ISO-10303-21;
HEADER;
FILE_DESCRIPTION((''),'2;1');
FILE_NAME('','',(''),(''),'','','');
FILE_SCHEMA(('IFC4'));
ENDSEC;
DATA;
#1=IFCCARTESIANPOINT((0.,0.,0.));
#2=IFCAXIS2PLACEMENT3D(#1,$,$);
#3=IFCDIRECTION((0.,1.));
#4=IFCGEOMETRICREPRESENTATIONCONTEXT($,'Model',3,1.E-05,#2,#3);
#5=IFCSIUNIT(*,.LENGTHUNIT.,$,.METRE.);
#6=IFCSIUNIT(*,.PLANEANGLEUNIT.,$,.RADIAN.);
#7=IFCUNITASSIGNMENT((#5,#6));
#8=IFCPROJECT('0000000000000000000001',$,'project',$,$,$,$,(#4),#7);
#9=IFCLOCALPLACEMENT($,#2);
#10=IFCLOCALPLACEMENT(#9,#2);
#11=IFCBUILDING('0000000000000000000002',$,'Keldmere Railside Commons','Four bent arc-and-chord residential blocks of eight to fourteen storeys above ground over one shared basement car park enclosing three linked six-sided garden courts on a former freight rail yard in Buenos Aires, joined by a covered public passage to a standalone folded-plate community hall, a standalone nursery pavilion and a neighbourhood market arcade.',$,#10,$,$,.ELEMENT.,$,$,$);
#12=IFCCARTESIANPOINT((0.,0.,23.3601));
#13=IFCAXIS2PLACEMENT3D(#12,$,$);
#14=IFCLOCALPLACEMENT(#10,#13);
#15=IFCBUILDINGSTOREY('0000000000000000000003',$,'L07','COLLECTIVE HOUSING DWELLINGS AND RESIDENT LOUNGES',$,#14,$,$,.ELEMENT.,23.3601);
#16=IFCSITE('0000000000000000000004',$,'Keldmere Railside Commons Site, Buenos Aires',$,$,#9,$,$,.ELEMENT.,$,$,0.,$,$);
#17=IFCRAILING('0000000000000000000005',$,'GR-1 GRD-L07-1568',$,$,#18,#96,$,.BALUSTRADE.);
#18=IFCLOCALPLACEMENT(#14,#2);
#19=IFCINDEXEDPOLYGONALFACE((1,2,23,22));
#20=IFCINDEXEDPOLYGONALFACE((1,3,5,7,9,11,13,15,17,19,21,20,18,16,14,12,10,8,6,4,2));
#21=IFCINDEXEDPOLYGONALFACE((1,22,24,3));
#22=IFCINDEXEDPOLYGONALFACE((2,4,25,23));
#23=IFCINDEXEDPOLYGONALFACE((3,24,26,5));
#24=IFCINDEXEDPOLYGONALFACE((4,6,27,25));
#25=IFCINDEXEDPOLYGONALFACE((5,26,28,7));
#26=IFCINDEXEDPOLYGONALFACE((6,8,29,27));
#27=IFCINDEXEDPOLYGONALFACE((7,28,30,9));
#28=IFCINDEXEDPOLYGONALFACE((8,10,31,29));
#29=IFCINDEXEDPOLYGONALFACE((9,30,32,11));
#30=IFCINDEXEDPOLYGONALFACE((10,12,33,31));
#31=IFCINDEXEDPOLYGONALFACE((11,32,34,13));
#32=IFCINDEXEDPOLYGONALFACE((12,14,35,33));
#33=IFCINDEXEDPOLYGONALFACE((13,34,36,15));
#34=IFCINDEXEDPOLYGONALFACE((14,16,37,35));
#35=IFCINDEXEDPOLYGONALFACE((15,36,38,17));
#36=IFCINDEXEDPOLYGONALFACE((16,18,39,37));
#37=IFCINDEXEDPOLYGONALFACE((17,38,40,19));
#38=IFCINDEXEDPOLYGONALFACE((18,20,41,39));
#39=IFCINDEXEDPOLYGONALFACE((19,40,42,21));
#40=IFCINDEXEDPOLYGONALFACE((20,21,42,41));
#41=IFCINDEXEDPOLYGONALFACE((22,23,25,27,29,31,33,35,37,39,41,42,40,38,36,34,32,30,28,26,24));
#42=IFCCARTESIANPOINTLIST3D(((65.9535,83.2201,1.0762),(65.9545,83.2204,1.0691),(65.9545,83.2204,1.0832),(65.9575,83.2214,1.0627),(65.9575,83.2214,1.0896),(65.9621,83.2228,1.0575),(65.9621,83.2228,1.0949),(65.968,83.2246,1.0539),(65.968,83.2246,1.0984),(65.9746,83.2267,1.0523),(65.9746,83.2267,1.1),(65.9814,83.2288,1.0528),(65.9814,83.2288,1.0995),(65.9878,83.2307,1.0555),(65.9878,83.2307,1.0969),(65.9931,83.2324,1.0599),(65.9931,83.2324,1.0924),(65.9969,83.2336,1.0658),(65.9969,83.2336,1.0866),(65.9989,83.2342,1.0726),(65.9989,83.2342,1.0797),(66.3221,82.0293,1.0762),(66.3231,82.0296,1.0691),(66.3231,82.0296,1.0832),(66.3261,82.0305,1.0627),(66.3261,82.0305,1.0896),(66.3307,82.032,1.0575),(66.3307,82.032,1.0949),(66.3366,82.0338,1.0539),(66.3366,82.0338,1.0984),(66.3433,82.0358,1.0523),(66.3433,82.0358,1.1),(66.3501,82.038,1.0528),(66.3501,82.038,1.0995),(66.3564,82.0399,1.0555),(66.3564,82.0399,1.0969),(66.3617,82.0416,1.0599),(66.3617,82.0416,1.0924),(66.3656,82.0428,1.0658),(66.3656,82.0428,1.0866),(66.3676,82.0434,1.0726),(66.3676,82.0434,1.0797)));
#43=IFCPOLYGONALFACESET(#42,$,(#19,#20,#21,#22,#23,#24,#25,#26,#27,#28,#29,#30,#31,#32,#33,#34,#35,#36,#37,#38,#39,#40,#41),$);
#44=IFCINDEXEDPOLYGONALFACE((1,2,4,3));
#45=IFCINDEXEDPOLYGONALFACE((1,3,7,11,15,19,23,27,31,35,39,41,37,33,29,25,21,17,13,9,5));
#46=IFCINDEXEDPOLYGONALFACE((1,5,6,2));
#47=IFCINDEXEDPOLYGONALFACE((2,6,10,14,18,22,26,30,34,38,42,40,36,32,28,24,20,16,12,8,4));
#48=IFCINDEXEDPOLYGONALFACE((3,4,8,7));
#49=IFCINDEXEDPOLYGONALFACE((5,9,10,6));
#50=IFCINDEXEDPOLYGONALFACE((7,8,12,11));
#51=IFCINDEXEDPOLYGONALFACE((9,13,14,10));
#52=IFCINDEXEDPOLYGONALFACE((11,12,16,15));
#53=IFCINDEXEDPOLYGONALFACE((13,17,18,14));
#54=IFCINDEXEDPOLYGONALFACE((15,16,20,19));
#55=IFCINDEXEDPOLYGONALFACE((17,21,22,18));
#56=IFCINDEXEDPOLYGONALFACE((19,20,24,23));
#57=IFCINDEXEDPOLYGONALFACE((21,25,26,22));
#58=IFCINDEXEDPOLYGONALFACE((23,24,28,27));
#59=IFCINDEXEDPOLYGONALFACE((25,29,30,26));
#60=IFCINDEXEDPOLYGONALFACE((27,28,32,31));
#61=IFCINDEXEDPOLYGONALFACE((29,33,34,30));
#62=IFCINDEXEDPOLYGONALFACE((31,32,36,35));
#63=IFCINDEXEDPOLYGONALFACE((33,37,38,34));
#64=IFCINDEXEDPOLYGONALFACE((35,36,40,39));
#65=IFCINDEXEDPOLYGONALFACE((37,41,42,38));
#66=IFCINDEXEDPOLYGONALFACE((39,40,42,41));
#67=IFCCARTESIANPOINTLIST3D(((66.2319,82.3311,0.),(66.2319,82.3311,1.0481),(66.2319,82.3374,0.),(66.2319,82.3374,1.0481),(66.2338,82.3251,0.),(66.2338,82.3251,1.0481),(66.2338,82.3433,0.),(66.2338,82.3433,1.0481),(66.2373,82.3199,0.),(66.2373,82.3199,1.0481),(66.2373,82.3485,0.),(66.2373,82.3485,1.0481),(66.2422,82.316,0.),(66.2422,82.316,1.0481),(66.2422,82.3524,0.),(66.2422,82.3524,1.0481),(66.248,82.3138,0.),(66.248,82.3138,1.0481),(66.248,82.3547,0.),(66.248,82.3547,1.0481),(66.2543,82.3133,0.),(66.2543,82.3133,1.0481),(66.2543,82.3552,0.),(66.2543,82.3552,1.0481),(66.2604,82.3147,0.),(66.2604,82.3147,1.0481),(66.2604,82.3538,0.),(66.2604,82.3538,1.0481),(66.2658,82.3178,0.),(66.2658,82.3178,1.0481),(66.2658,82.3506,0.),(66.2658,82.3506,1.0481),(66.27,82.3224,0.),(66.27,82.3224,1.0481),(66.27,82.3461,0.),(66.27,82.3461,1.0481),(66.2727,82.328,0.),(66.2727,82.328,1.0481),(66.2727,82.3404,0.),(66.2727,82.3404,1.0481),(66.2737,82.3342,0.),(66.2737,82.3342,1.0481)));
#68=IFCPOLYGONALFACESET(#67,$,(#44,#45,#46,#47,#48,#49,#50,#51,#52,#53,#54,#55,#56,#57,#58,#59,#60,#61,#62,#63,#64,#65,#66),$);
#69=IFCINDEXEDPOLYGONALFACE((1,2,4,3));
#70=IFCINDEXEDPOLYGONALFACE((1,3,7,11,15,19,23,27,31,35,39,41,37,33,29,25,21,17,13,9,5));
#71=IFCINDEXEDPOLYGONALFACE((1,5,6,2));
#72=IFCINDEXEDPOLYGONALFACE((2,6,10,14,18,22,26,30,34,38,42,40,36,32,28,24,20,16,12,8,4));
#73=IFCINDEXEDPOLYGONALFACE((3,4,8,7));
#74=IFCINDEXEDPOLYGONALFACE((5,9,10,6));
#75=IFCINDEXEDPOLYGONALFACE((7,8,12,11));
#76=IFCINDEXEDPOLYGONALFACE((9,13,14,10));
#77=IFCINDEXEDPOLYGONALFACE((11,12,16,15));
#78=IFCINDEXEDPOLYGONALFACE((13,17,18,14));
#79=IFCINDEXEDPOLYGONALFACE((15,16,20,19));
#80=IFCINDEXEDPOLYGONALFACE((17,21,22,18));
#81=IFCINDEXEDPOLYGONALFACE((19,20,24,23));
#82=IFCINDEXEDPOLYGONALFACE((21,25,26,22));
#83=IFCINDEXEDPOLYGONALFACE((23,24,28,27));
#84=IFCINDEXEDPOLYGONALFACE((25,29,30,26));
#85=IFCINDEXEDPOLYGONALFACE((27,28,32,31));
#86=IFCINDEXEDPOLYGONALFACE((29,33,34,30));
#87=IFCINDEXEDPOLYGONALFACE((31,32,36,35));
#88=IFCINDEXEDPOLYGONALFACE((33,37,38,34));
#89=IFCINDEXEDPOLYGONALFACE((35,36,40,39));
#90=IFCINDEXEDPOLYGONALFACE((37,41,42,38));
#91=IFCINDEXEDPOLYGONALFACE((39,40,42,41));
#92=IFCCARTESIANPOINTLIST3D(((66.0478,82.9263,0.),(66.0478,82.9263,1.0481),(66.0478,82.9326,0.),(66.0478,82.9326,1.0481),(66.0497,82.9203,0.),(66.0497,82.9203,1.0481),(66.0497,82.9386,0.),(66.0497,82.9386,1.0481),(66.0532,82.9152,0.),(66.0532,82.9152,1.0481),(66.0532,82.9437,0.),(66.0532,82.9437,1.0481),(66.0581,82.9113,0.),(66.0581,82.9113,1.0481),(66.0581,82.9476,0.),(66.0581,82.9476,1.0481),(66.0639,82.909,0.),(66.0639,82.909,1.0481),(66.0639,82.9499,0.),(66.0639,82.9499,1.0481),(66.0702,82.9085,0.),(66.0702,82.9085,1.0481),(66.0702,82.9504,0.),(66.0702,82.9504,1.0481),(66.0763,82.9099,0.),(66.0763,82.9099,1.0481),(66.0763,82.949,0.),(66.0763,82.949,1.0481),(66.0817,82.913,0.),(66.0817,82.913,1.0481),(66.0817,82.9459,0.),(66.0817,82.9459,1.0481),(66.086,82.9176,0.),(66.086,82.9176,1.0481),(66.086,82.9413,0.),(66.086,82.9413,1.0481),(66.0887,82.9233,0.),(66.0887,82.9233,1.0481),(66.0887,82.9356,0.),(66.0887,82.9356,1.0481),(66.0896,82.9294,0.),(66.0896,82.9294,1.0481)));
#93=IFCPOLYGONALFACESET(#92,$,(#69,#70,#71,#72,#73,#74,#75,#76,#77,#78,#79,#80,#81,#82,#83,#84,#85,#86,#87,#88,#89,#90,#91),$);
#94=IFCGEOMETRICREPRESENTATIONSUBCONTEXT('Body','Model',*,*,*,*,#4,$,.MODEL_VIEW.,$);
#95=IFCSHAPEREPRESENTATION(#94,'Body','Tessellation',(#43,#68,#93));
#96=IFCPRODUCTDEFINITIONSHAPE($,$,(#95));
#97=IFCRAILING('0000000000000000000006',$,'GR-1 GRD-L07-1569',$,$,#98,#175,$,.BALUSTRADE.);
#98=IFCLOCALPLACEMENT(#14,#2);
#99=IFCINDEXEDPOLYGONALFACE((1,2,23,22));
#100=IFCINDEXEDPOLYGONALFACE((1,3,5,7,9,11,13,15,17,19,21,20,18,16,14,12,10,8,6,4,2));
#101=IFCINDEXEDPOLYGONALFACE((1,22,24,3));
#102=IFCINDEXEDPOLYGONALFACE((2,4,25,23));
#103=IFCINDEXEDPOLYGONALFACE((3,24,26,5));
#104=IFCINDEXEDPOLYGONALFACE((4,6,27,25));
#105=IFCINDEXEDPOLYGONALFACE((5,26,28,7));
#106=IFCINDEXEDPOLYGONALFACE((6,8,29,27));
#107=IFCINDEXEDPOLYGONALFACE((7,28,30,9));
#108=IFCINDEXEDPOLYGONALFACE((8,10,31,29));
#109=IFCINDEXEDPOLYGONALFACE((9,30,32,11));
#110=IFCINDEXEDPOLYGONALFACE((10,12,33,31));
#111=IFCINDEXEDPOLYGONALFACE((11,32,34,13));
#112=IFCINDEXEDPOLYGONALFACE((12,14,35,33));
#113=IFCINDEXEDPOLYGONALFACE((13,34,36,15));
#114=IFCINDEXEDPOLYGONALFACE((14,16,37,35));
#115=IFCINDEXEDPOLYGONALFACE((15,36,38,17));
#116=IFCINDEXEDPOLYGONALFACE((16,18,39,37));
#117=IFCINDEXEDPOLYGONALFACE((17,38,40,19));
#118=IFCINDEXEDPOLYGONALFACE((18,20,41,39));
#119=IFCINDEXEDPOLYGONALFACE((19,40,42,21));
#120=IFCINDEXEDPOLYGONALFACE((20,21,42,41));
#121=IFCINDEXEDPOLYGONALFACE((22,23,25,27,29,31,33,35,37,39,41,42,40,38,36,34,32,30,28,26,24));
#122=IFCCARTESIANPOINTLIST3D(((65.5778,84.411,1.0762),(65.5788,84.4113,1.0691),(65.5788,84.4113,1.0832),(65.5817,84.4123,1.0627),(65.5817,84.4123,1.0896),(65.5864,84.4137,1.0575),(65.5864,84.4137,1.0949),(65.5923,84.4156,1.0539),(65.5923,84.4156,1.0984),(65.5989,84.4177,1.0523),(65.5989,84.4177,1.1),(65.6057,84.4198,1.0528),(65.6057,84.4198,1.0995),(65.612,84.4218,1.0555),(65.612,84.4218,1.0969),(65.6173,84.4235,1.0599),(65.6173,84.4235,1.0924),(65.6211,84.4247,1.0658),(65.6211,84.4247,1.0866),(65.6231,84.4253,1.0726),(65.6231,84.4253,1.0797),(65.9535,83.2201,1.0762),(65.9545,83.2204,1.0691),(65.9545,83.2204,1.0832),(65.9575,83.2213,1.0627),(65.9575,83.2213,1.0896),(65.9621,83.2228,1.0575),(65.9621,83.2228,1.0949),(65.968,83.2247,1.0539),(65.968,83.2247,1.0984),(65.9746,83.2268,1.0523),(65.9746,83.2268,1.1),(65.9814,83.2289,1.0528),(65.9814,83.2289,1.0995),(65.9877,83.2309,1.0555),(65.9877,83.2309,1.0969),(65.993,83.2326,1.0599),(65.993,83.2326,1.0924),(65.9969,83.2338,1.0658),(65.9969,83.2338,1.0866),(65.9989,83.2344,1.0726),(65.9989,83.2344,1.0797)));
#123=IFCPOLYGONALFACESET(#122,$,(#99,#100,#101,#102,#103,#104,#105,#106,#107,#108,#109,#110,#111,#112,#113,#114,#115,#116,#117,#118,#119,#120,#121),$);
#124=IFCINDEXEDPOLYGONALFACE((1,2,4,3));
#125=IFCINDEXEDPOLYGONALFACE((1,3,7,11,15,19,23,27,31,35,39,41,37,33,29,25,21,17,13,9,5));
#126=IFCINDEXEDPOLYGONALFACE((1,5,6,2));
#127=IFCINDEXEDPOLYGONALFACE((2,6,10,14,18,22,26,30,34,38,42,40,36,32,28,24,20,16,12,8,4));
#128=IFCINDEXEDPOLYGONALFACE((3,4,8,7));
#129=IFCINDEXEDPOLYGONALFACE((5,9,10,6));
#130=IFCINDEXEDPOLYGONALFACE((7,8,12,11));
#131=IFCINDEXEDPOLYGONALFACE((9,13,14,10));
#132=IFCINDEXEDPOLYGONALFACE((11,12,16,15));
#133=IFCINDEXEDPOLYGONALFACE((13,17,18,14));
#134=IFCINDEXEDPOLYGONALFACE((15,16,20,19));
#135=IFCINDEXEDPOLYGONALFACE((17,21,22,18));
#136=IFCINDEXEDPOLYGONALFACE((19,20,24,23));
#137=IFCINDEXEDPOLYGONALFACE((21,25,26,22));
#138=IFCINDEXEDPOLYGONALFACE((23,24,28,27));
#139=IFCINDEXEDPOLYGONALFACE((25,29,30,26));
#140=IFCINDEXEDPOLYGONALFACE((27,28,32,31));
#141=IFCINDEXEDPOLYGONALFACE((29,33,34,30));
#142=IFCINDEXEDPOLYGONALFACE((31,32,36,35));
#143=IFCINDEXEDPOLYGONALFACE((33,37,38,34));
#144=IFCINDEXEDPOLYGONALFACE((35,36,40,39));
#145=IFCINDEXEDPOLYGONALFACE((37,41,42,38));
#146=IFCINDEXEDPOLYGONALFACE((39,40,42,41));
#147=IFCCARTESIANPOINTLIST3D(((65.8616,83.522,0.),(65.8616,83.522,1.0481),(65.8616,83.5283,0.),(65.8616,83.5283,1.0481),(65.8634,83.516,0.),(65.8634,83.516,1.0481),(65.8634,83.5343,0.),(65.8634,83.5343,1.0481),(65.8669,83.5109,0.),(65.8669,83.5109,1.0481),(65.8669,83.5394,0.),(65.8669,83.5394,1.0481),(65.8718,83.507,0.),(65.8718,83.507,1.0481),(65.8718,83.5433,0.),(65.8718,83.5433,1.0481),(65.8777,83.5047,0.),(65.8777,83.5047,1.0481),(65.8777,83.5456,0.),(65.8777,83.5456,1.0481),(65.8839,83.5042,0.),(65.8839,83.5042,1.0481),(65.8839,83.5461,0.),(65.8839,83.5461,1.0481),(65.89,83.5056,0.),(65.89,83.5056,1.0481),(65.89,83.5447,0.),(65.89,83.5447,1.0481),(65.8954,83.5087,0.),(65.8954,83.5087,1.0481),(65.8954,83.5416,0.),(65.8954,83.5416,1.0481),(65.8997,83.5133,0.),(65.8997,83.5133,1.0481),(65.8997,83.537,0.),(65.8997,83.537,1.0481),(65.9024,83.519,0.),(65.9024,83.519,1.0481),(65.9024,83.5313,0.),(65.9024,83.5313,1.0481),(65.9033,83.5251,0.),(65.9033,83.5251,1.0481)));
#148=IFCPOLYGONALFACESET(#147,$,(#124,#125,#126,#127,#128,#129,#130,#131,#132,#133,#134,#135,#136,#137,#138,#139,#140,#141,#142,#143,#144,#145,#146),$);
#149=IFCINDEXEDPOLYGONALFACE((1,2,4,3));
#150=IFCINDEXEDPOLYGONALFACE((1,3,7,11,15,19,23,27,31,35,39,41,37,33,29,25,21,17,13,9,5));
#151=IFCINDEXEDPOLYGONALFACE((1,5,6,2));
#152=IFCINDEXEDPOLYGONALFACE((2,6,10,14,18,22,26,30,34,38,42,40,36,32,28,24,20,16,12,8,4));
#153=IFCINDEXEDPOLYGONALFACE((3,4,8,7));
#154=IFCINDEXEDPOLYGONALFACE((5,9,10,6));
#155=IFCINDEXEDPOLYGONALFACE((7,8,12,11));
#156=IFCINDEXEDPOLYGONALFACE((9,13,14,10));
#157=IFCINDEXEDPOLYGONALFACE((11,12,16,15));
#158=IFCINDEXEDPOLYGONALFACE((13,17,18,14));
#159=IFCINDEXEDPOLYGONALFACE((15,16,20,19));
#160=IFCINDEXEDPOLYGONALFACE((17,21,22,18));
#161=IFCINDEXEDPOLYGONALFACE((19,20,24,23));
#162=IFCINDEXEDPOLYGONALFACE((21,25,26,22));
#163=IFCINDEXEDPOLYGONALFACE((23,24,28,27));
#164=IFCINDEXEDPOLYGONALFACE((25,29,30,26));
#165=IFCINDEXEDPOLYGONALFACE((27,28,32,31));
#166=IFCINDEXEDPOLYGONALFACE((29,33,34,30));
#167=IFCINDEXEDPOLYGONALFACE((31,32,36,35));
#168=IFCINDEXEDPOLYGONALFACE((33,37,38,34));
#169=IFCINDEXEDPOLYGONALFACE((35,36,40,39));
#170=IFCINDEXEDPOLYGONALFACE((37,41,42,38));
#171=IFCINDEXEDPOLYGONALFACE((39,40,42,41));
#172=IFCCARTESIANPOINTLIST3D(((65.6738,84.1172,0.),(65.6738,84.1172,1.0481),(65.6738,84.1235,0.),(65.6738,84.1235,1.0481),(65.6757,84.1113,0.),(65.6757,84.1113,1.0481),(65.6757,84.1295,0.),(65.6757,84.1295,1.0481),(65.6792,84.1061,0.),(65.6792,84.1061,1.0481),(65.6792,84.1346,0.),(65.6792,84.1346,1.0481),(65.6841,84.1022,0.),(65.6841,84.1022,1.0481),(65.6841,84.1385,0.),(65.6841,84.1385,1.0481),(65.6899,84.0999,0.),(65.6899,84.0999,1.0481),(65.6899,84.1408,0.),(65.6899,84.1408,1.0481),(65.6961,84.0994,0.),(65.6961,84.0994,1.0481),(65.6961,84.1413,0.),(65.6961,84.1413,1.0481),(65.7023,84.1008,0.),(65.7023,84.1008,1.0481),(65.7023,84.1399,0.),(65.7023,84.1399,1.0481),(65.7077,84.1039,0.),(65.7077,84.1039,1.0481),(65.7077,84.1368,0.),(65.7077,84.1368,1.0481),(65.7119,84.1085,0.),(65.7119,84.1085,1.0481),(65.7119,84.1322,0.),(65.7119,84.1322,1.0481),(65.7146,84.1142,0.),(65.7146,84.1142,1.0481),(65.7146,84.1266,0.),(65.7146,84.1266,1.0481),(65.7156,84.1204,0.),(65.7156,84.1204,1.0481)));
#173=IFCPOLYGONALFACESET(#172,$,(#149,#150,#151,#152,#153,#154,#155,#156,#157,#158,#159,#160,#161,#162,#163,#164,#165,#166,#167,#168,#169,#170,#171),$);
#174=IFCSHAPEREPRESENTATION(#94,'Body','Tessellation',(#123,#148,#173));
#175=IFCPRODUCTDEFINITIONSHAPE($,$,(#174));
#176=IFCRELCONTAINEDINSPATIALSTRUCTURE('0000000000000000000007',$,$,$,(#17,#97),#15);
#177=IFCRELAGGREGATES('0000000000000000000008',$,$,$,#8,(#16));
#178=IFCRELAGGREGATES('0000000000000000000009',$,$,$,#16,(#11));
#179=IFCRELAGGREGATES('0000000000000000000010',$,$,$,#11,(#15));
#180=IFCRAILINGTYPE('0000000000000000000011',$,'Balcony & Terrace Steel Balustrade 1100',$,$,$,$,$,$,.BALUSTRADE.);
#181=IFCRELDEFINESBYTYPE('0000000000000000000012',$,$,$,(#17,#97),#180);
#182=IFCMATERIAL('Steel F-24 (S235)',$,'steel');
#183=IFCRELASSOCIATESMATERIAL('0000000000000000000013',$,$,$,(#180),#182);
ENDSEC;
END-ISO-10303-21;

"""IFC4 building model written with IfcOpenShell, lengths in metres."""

from ifc_helpers import new_model, si_unit, direction, frame, origin, origin_2d, place, context, subcontext, project, spatial, circle, extrude, material, type_object, element, save


model = new_model("IFC4")

# Units and contexts
model_context = context("Model", 3, precision=1e-05, world=origin(), true_north=direction((0.0, 1.0)))
body_context = subcontext(model_context, "Body", "Model", "MODEL_VIEW")
ifc_project = project(units=[si_unit("LENGTHUNIT", "METRE"), si_unit("PLANEANGLEUNIT", "RADIAN")], contexts=[model_context])

# Site, building, storey
site_placement = place(None, origin())
site = spatial("IfcSite", under=ifc_project, at=site_placement, Name="Keldmere Railside Commons Site, Buenos Aires", CompositionType="ELEMENT", RefElevation=0.0)
building_placement = place(site_placement, origin())
building = spatial("IfcBuilding", under=site, at=building_placement, Name="Keldmere Railside Commons", Description="Four bent arc-and-chord residential blocks of eight to fourteen storeys above ground over one shared basement car park enclosing three linked six-sided garden courts on a former freight rail yard in Buenos Aires, joined by a covered public passage to a standalone folded-plate community hall, a standalone nursery pavilion and a neighbourhood market arcade.", CompositionType="ELEMENT")
storey_placement = place(building_placement, frame((0.0, 0.0, 23.3601)))
storey = spatial("IfcBuildingStorey", under=building, at=storey_placement, Name="L07", Description="COLLECTIVE HOUSING DWELLINGS AND RESIDENT LOUNGES", CompositionType="ELEMENT", Elevation=23.3601)

# Railings
ifc_material_1 = material(Name="Steel F-24 (S235)", Category="steel")
railing_type = type_object("IfcRailingType", Name="Balcony & Terrace Steel Balustrade 1100", PredefinedType="BALUSTRADE", material=ifc_material_1)
railing_1_placement = place(storey_placement, frame((66.345, 82.0364, 0.0)))
element("IfcRailing", 1, at=railing_1_placement, inside=storey, type_object=railing_type, Name="GR-1 GRD-L07-1568", PredefinedType="BALUSTRADE", context=body_context, shape_type="SweptSolid", body=[
    extrude(circle(Radius=0.0239, at=origin_2d()), frame((0.0, 0.0, 1.0762), z_axis=(-0.295709, 0.955278, 0.0), x_axis=(-0.955278, -0.295709, 0.0)), (0.0, 0.0, 1.0), 1.2466),
    extrude(circle(Radius=0.021, at=origin_2d()), frame((-0.0923, 0.2979, 0.0)), (0.0, 0.0, 1.0), 1.0481),
    extrude(circle(Radius=0.021, at=origin_2d()), frame((-0.2764, 0.8931, 0.0)), (0.0, 0.0, 1.0), 1.0481),
])
railing_2_placement = place(storey_placement, frame((65.9763, 83.2273, 0.0)))
element("IfcRailing", 2, at=railing_2_placement, inside=storey, type_object=railing_type, Name="GR-1 GRD-L07-1569", PredefinedType="BALUSTRADE", context=body_context, shape_type="SweptSolid", body=[
    extrude(circle(Radius=0.0239, at=origin_2d()), frame((0.0, 0.0, 1.0762), z_axis=(-0.300879, 0.953662, 0.0), x_axis=(-0.953662, -0.300879, 0.0)), (0.0, 0.0, 1.0), 1.2488),
    extrude(circle(Radius=0.021, at=origin_2d()), frame((-0.094, 0.2979, 0.0)), (0.0, 0.0, 1.0), 1.0481),
    extrude(circle(Radius=0.021, at=origin_2d()), frame((-0.2817, 0.8931, 0.0)), (0.0, 0.0, 1.0), 1.0481),
])

save(model, "model.ifc")
